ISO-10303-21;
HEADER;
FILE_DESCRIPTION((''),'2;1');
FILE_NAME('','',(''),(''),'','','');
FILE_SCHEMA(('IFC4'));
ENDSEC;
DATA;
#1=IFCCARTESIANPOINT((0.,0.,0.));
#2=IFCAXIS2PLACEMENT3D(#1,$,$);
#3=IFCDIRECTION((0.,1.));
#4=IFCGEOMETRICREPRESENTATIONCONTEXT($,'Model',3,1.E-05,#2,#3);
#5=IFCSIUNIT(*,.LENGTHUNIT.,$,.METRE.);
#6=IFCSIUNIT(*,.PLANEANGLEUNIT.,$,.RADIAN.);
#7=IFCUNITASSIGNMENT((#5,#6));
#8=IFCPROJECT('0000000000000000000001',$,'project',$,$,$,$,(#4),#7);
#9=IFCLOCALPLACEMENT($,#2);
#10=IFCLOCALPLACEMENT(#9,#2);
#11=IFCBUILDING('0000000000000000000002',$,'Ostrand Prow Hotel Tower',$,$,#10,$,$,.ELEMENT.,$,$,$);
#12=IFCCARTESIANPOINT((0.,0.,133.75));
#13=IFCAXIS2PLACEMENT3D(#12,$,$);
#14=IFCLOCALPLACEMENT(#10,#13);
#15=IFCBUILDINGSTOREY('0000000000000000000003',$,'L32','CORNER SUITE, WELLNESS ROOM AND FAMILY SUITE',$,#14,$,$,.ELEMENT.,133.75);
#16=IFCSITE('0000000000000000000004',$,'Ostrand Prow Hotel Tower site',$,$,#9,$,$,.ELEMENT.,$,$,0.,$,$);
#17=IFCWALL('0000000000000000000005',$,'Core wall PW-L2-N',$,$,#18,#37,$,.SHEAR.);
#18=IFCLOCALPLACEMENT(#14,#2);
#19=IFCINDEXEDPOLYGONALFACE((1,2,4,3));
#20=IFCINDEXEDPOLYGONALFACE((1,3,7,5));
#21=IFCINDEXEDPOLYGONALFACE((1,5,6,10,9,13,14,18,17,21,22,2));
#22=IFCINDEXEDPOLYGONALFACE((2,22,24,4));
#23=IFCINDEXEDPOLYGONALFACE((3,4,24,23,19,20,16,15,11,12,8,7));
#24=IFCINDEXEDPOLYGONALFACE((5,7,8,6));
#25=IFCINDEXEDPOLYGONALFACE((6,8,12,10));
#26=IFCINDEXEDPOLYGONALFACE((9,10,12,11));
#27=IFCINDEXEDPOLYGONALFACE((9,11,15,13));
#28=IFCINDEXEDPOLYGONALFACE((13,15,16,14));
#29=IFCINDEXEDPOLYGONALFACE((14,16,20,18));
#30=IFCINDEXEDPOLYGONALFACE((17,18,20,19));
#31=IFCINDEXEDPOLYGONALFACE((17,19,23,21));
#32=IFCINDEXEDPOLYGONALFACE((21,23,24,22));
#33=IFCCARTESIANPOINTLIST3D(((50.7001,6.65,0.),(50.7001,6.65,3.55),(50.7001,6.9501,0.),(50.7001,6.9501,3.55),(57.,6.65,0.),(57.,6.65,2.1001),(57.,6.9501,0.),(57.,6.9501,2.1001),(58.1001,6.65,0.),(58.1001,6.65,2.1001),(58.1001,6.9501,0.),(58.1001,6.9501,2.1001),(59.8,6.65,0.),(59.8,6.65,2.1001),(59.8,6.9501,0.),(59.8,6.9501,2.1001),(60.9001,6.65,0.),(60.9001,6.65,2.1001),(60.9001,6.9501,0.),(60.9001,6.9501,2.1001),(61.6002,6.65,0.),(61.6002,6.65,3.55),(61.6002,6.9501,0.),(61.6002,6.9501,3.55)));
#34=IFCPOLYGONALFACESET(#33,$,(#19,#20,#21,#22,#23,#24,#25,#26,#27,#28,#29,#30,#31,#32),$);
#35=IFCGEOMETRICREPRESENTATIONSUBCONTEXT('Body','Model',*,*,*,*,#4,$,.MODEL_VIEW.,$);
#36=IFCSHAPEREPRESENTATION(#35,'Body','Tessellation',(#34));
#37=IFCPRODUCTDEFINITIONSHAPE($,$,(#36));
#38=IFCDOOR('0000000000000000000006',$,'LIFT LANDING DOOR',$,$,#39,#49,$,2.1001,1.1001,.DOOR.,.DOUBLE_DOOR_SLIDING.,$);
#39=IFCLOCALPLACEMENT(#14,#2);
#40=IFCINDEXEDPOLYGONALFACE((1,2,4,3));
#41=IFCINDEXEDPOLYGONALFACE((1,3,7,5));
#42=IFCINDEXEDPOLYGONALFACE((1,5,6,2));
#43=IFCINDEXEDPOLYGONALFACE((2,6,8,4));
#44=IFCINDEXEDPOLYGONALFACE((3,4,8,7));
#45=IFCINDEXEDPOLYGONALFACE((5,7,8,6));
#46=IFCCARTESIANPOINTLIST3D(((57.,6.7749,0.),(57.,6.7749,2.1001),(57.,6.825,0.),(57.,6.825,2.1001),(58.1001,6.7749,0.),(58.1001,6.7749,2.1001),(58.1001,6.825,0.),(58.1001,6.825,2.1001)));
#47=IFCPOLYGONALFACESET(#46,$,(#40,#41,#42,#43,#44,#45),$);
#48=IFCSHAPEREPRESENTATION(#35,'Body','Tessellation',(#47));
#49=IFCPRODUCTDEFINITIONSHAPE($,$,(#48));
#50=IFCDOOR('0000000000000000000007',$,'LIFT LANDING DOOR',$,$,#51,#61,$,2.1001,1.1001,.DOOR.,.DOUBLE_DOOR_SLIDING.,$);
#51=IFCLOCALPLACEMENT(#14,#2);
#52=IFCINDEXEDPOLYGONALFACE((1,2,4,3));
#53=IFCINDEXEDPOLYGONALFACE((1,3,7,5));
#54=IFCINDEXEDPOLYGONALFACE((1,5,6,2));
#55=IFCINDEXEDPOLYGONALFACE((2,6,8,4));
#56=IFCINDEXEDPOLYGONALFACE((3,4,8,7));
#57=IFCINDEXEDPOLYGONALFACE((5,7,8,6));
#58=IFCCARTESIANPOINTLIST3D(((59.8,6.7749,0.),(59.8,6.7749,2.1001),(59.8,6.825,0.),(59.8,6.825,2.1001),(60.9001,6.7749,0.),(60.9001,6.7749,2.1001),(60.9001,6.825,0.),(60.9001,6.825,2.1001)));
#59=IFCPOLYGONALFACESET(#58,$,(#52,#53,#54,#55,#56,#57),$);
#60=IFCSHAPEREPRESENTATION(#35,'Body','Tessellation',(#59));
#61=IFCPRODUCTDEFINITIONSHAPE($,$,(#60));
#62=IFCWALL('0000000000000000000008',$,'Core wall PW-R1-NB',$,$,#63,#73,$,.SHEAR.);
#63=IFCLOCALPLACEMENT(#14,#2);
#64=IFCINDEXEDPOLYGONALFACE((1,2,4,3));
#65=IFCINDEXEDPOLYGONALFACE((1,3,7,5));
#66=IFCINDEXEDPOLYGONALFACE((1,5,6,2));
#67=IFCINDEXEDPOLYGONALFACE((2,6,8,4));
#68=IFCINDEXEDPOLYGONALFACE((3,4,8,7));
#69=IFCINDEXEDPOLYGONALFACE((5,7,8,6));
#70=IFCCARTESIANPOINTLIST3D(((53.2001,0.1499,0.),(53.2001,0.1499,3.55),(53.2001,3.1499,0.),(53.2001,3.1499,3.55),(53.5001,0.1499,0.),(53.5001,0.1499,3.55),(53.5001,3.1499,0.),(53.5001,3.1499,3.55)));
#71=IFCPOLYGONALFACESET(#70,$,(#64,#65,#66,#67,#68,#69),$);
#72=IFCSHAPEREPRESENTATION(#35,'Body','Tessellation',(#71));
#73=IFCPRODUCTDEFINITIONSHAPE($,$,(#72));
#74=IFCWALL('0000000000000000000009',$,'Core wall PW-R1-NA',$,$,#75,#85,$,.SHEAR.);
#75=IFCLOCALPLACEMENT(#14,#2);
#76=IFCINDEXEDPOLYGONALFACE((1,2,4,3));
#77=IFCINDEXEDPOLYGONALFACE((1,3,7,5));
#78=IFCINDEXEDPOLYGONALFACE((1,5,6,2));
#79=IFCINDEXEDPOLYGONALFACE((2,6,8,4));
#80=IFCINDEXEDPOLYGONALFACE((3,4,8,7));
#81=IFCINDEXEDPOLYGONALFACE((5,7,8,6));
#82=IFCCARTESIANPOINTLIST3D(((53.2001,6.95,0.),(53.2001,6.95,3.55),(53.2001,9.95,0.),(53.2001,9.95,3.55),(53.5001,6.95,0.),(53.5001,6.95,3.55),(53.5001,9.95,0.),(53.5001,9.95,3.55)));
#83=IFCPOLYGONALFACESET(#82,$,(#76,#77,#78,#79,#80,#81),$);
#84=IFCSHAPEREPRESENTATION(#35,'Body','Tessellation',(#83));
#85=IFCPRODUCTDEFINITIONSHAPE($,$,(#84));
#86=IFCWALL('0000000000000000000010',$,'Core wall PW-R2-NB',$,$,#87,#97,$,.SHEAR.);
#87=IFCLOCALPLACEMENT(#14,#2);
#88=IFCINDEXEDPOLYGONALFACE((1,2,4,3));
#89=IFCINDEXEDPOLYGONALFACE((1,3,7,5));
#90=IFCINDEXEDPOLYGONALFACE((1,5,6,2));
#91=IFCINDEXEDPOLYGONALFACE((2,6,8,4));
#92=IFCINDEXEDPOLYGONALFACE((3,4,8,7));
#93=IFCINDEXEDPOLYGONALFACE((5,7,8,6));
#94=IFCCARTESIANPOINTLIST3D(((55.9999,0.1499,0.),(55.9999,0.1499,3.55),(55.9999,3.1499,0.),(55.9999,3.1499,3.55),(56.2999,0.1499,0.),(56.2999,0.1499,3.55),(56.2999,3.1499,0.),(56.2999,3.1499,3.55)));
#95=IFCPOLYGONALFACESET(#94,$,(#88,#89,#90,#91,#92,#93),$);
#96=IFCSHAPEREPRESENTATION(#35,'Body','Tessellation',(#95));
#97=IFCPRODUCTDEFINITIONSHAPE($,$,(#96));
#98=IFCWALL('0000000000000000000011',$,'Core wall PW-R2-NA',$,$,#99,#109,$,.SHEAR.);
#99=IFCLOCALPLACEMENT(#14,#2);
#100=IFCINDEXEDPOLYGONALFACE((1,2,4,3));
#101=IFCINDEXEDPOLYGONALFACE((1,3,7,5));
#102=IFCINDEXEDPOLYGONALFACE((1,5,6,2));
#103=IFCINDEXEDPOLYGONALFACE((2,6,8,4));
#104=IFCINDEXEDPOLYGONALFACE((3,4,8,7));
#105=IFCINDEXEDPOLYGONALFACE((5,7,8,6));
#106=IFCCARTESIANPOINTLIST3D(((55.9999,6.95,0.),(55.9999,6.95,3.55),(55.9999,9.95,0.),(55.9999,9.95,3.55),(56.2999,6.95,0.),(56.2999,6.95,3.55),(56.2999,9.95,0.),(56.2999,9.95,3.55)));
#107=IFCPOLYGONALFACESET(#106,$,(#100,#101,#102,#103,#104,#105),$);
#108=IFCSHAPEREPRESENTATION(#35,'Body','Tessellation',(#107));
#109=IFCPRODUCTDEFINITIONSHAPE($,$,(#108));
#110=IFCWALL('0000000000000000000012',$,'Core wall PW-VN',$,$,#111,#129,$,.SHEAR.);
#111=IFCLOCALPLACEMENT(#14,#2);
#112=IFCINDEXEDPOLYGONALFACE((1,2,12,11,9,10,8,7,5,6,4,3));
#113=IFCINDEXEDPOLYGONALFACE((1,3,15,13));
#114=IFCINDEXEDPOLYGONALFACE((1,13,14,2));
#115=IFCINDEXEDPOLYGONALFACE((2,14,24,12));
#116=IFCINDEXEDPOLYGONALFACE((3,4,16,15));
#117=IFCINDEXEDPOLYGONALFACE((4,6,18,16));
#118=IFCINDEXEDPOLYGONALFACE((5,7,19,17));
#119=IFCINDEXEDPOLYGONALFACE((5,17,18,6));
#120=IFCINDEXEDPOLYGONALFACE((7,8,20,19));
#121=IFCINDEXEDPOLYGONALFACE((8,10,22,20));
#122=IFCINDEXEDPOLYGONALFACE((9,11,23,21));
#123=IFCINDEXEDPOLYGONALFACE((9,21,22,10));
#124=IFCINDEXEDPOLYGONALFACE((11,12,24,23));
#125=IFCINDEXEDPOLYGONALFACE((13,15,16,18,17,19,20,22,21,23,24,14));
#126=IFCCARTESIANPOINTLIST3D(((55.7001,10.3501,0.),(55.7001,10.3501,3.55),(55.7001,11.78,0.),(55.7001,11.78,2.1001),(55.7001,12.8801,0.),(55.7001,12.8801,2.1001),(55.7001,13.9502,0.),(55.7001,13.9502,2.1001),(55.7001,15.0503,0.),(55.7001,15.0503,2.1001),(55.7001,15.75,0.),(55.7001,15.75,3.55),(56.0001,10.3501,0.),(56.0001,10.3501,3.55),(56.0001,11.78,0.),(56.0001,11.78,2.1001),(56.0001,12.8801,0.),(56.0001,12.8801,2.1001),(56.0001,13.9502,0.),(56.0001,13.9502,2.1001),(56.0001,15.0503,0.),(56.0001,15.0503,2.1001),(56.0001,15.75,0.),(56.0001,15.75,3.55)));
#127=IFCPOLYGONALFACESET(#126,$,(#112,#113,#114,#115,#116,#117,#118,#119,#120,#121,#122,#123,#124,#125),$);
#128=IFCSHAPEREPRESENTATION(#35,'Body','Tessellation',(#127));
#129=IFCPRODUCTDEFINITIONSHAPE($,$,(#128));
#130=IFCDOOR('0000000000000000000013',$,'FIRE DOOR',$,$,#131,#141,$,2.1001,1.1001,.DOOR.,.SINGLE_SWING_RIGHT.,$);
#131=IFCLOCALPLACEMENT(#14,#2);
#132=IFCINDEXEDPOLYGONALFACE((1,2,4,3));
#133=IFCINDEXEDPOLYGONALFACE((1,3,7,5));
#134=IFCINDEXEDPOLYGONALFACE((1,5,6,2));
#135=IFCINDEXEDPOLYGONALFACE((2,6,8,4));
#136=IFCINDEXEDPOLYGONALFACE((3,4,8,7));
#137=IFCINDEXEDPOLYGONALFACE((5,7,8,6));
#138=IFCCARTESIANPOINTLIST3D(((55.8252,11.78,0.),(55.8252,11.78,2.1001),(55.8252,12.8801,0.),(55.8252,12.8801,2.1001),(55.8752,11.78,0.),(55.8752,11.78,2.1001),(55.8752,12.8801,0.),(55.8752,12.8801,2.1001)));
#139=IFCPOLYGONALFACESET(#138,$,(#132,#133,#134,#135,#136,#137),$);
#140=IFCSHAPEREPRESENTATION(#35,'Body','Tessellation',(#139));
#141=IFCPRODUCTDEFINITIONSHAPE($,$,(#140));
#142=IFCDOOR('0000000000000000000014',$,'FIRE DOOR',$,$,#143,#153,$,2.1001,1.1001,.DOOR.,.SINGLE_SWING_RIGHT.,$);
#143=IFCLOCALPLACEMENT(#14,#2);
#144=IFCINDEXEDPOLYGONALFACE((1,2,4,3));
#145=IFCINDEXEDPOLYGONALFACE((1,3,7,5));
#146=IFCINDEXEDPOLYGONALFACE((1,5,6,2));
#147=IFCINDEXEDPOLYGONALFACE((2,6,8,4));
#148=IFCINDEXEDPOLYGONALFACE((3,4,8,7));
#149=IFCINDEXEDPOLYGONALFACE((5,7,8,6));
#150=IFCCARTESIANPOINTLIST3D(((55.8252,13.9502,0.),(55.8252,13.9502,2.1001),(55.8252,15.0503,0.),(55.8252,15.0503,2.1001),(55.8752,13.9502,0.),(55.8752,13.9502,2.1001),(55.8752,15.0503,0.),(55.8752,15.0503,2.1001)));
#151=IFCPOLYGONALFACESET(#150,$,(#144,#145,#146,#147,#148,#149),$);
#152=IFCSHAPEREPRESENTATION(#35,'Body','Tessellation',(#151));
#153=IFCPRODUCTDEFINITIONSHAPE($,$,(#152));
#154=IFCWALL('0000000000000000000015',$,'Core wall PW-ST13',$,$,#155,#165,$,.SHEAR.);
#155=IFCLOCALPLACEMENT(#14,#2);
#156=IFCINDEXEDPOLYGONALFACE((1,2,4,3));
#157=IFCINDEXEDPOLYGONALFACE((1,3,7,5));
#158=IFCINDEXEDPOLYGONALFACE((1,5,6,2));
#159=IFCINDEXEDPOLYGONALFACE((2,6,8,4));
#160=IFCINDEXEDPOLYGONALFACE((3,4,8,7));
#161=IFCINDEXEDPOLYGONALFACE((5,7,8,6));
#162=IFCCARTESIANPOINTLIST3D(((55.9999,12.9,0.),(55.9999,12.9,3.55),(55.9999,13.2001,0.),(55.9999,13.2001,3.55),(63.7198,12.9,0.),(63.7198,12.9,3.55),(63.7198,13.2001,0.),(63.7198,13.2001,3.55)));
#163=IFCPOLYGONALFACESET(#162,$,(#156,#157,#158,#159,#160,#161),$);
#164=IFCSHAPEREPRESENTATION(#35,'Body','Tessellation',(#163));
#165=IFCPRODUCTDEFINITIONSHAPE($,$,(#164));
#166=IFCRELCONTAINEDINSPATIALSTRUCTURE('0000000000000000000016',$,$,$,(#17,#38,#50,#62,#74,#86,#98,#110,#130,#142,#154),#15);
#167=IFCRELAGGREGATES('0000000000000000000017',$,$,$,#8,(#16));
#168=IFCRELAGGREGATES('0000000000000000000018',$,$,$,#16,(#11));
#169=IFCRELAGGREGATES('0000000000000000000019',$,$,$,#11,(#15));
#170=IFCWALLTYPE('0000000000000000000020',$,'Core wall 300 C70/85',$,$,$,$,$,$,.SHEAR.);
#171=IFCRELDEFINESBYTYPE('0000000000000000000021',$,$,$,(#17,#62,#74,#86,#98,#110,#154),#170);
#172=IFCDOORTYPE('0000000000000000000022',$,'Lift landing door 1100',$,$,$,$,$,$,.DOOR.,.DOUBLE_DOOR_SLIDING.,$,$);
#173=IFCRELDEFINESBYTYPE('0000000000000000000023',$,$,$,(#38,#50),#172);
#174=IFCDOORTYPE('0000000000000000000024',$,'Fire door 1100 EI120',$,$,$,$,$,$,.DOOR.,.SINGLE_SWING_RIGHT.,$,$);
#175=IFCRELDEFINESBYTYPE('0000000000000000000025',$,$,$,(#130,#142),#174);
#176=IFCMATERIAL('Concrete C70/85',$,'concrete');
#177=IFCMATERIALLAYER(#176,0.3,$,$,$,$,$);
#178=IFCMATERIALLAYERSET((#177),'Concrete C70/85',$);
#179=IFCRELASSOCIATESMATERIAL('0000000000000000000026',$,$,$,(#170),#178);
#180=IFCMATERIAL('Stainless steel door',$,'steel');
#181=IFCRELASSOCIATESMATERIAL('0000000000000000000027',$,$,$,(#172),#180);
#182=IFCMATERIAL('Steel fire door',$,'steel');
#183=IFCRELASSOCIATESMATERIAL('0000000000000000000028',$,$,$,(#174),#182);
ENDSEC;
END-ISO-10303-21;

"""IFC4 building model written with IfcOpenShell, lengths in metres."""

from ifc_helpers import new_model, si_unit, direction, frame, frame_2d, origin, place, context, subcontext, project, spatial, rectangle, extrude, material, layer, layer_set, type_object, element, fill, save


model = new_model("IFC4")

# Units and contexts
model_context = context("Model", 3, precision=1e-05, world=origin(), true_north=direction((0.0, 1.0)))
body_context = subcontext(model_context, "Body", "Model", "MODEL_VIEW")
ifc_project = project(units=[si_unit("LENGTHUNIT", "METRE"), si_unit("PLANEANGLEUNIT", "RADIAN")], contexts=[model_context])

# Site, building, storey
site_placement = place(None, origin())
site = spatial("IfcSite", under=ifc_project, at=site_placement, Name="Ostrand Prow Hotel Tower site", CompositionType="ELEMENT", RefElevation=0.0)
building_placement = place(site_placement, origin())
building = spatial("IfcBuilding", under=site, at=building_placement, Name="Ostrand Prow Hotel Tower", CompositionType="ELEMENT")
storey_placement = place(building_placement, frame((0.0, 0.0, 133.75)))
storey = spatial("IfcBuildingStorey", under=building, at=storey_placement, Name="L32", Description="CORNER SUITE, WELLNESS ROOM AND FAMILY SUITE", CompositionType="ELEMENT", Elevation=133.75)

# Wall, openings, doors
ifc_material_1 = material(Name="Concrete C70/85", Category="concrete")
ifc_layer_1 = layer(ifc_material_1, 0.3)
ifc_layer_set_1 = layer_set([ifc_layer_1], Name="Concrete C70/85")
wall_type_1 = type_object("IfcWallType", Name="Core wall 300 C70/85", PredefinedType="SHEAR", material=ifc_layer_set_1)
wall_1_placement = place(storey_placement, frame((50.7, 6.8, 0.0), z_axis=(0.0, 0.0, 1.0), x_axis=(1.0, 0.0, 0.0)))
wall_1 = element("IfcWall", 1, at=wall_1_placement, inside=storey, type_object=wall_type_1, Name="Core wall PW-L2-N", PredefinedType="SHEAR", context=body_context, shape_type="SweptSolid", body=[
    extrude(rectangle(XDim=10.9001, YDim=0.3, at=frame_2d((5.4502, 0.0))), origin(), (0.0, 0.0, 1.0), 3.55),
])
opening_1_placement = place(wall_1_placement, frame((6.3, 0.0, 0.0)))
opening_1 = element("IfcOpeningElement", 2, at=opening_1_placement, cuts=wall_1, PredefinedType="OPENING", context=body_context, shape_type="SweptSolid", body=[
    extrude(rectangle(XDim=1.1001, YDim=2.1001, at=frame_2d((0.55, 1.05))), frame((0.0, 0.1599, 0.0), z_axis=(0.0, -1.0, 0.0), x_axis=(1.0, 0.0, 0.0)), (0.0, 0.0, 1.0), 0.3201),
])
opening_2_placement = place(wall_1_placement, frame((9.1001, 0.0, 0.0)))
opening_2 = element("IfcOpeningElement", 3, at=opening_2_placement, cuts=wall_1, PredefinedType="OPENING", context=body_context, shape_type="SweptSolid", body=[
    extrude(rectangle(XDim=1.1001, YDim=2.1001, at=frame_2d((0.55, 1.05))), frame((0.0, 0.1599, 0.0), z_axis=(0.0, -1.0, 0.0), x_axis=(1.0, 0.0, 0.0)), (0.0, 0.0, 1.0), 0.3201),
])
ifc_material_2 = material(Name="Stainless steel door", Category="steel")
door_type_1 = type_object("IfcDoorType", Name="Lift landing door 1100", OperationType="DOUBLE_DOOR_SLIDING", PredefinedType="DOOR", material=ifc_material_2)
door_1_placement = place(opening_1_placement, origin())
door_1 = element("IfcDoor", 4, at=door_1_placement, inside=storey, type_object=door_type_1, Name="LIFT LANDING DOOR", OperationType="DOUBLE_DOOR_SLIDING", OverallHeight=2.1001, OverallWidth=1.1001, PredefinedType="DOOR", context=body_context, shape_type="SweptSolid", body=[
    extrude(rectangle(XDim=1.1001, YDim=2.1001, at=frame_2d((0.55, 1.05))), frame((0.0, 0.0249, 0.0), z_axis=(0.0, -1.0, 0.0), x_axis=(1.0, 0.0, 0.0)), (0.0, 0.0, 1.0), 0.05),
])
fill(opening_1, door_1)
door_2_placement = place(opening_2_placement, origin())
door_2 = element("IfcDoor", 5, at=door_2_placement, inside=storey, type_object=door_type_1, Name="LIFT LANDING DOOR", OperationType="DOUBLE_DOOR_SLIDING", OverallHeight=2.1001, OverallWidth=1.1001, PredefinedType="DOOR", context=body_context, shape_type="SweptSolid", body=[
    extrude(rectangle(XDim=1.1001, YDim=2.1001, at=frame_2d((0.55, 1.05))), frame((0.0, 0.0249, 0.0), z_axis=(0.0, -1.0, 0.0), x_axis=(1.0, 0.0, 0.0)), (0.0, 0.0, 1.0), 0.05),
])
fill(opening_2, door_2)

# Walls
for number, where, z_axis, x_axis, name in (
    (6, (53.3501, 0.1499, 0.0), (0.0, 0.0, 1.0), (0.0, 1.0, 0.0), "Core wall PW-R1-NB"),
    (7, (53.3501, 6.95, 0.0), (0.0, 0.0, 1.0), (0.0, 1.0, 0.0), "Core wall PW-R1-NA"),
    (8, (56.1499, 0.1499, 0.0), (0.0, 0.0, 1.0), (0.0, 1.0, 0.0), "Core wall PW-R2-NB"),
    (9, (56.1499, 6.95, 0.0), (0.0, 0.0, 1.0), (0.0, 1.0, 0.0), "Core wall PW-R2-NA"),
):
    element("IfcWall", number, at=place(storey_placement, frame(where, z_axis=z_axis, x_axis=x_axis)), inside=storey, type_object=wall_type_1, Name=name, PredefinedType="SHEAR", context=body_context, shape_type="SweptSolid", body=[
        extrude(rectangle(XDim=3.0, YDim=0.3, at=frame_2d((1.5, 0.0))), origin(), (0.0, 0.0, 1.0), 3.55),
    ])

# Wall, openings, doors
wall_2_placement = place(storey_placement, frame((55.8501, 10.3501, 0.0), z_axis=(0.0, 0.0, 1.0), x_axis=(0.0, 1.0, 0.0)))
wall_2 = element("IfcWall", 10, at=wall_2_placement, inside=storey, type_object=wall_type_1, Name="Core wall PW-VN", PredefinedType="SHEAR", context=body_context, shape_type="SweptSolid", body=[
    extrude(rectangle(XDim=5.3999, YDim=0.3, at=frame_2d((2.7, 0.0))), origin(), (0.0, 0.0, 1.0), 3.55),
])
opening_3_placement = place(wall_2_placement, frame((1.4299, 0.0, 0.0)))
opening_3 = element("IfcOpeningElement", 11, at=opening_3_placement, cuts=wall_2, PredefinedType="OPENING", context=body_context, shape_type="SweptSolid", body=[
    extrude(rectangle(XDim=1.1001, YDim=2.1001, at=frame_2d((0.55, 1.05))), frame((0.0, 0.1599, 0.0), z_axis=(0.0, -1.0, 0.0), x_axis=(1.0, 0.0, 0.0)), (0.0, 0.0, 1.0), 0.3201),
])
opening_4_placement = place(wall_2_placement, frame((3.6001, 0.0, 0.0)))
opening_4 = element("IfcOpeningElement", 12, at=opening_4_placement, cuts=wall_2, PredefinedType="OPENING", context=body_context, shape_type="SweptSolid", body=[
    extrude(rectangle(XDim=1.1001, YDim=2.1001, at=frame_2d((0.55, 1.05))), frame((0.0, 0.1599, 0.0), z_axis=(0.0, -1.0, 0.0), x_axis=(1.0, 0.0, 0.0)), (0.0, 0.0, 1.0), 0.3201),
])
ifc_material_3 = material(Name="Steel fire door", Category="steel")
door_type_2 = type_object("IfcDoorType", Name="Fire door 1100 EI120", OperationType="SINGLE_SWING_RIGHT", PredefinedType="DOOR", material=ifc_material_3)
door_3_placement = place(opening_3_placement, origin())
door_3 = element("IfcDoor", 13, at=door_3_placement, inside=storey, type_object=door_type_2, Name="FIRE DOOR", OperationType="SINGLE_SWING_RIGHT", OverallHeight=2.1001, OverallWidth=1.1001, PredefinedType="DOOR", context=body_context, shape_type="SweptSolid", body=[
    extrude(rectangle(XDim=1.1001, YDim=2.1001, at=frame_2d((0.55, 1.05))), frame((0.0, 0.0249, 0.0), z_axis=(0.0, -1.0, 0.0), x_axis=(1.0, 0.0, 0.0)), (0.0, 0.0, 1.0), 0.05),
])
fill(opening_3, door_3)
door_4_placement = place(opening_4_placement, origin())
door_4 = element("IfcDoor", 14, at=door_4_placement, inside=storey, type_object=door_type_2, Name="FIRE DOOR", OperationType="SINGLE_SWING_RIGHT", OverallHeight=2.1001, OverallWidth=1.1001, PredefinedType="DOOR", context=body_context, shape_type="SweptSolid", body=[
    extrude(rectangle(XDim=1.1001, YDim=2.1001, at=frame_2d((0.55, 1.05))), frame((0.0, 0.0249, 0.0), z_axis=(0.0, -1.0, 0.0), x_axis=(1.0, 0.0, 0.0)), (0.0, 0.0, 1.0), 0.05),
])
fill(opening_4, door_4)

# Wall
wall_3_placement = place(storey_placement, frame((56.0, 13.05, 0.0), z_axis=(0.0, 0.0, 1.0), x_axis=(1.0, 0.0, 0.0)))
element("IfcWall", 15, at=wall_3_placement, inside=storey, type_object=wall_type_1, Name="Core wall PW-ST13", PredefinedType="SHEAR", context=body_context, shape_type="SweptSolid", body=[
    extrude(rectangle(XDim=7.72, YDim=0.3, at=frame_2d((3.8599, 0.0))), origin(), (0.0, 0.0, 1.0), 3.55),
])

save(model, "model.ifc")
